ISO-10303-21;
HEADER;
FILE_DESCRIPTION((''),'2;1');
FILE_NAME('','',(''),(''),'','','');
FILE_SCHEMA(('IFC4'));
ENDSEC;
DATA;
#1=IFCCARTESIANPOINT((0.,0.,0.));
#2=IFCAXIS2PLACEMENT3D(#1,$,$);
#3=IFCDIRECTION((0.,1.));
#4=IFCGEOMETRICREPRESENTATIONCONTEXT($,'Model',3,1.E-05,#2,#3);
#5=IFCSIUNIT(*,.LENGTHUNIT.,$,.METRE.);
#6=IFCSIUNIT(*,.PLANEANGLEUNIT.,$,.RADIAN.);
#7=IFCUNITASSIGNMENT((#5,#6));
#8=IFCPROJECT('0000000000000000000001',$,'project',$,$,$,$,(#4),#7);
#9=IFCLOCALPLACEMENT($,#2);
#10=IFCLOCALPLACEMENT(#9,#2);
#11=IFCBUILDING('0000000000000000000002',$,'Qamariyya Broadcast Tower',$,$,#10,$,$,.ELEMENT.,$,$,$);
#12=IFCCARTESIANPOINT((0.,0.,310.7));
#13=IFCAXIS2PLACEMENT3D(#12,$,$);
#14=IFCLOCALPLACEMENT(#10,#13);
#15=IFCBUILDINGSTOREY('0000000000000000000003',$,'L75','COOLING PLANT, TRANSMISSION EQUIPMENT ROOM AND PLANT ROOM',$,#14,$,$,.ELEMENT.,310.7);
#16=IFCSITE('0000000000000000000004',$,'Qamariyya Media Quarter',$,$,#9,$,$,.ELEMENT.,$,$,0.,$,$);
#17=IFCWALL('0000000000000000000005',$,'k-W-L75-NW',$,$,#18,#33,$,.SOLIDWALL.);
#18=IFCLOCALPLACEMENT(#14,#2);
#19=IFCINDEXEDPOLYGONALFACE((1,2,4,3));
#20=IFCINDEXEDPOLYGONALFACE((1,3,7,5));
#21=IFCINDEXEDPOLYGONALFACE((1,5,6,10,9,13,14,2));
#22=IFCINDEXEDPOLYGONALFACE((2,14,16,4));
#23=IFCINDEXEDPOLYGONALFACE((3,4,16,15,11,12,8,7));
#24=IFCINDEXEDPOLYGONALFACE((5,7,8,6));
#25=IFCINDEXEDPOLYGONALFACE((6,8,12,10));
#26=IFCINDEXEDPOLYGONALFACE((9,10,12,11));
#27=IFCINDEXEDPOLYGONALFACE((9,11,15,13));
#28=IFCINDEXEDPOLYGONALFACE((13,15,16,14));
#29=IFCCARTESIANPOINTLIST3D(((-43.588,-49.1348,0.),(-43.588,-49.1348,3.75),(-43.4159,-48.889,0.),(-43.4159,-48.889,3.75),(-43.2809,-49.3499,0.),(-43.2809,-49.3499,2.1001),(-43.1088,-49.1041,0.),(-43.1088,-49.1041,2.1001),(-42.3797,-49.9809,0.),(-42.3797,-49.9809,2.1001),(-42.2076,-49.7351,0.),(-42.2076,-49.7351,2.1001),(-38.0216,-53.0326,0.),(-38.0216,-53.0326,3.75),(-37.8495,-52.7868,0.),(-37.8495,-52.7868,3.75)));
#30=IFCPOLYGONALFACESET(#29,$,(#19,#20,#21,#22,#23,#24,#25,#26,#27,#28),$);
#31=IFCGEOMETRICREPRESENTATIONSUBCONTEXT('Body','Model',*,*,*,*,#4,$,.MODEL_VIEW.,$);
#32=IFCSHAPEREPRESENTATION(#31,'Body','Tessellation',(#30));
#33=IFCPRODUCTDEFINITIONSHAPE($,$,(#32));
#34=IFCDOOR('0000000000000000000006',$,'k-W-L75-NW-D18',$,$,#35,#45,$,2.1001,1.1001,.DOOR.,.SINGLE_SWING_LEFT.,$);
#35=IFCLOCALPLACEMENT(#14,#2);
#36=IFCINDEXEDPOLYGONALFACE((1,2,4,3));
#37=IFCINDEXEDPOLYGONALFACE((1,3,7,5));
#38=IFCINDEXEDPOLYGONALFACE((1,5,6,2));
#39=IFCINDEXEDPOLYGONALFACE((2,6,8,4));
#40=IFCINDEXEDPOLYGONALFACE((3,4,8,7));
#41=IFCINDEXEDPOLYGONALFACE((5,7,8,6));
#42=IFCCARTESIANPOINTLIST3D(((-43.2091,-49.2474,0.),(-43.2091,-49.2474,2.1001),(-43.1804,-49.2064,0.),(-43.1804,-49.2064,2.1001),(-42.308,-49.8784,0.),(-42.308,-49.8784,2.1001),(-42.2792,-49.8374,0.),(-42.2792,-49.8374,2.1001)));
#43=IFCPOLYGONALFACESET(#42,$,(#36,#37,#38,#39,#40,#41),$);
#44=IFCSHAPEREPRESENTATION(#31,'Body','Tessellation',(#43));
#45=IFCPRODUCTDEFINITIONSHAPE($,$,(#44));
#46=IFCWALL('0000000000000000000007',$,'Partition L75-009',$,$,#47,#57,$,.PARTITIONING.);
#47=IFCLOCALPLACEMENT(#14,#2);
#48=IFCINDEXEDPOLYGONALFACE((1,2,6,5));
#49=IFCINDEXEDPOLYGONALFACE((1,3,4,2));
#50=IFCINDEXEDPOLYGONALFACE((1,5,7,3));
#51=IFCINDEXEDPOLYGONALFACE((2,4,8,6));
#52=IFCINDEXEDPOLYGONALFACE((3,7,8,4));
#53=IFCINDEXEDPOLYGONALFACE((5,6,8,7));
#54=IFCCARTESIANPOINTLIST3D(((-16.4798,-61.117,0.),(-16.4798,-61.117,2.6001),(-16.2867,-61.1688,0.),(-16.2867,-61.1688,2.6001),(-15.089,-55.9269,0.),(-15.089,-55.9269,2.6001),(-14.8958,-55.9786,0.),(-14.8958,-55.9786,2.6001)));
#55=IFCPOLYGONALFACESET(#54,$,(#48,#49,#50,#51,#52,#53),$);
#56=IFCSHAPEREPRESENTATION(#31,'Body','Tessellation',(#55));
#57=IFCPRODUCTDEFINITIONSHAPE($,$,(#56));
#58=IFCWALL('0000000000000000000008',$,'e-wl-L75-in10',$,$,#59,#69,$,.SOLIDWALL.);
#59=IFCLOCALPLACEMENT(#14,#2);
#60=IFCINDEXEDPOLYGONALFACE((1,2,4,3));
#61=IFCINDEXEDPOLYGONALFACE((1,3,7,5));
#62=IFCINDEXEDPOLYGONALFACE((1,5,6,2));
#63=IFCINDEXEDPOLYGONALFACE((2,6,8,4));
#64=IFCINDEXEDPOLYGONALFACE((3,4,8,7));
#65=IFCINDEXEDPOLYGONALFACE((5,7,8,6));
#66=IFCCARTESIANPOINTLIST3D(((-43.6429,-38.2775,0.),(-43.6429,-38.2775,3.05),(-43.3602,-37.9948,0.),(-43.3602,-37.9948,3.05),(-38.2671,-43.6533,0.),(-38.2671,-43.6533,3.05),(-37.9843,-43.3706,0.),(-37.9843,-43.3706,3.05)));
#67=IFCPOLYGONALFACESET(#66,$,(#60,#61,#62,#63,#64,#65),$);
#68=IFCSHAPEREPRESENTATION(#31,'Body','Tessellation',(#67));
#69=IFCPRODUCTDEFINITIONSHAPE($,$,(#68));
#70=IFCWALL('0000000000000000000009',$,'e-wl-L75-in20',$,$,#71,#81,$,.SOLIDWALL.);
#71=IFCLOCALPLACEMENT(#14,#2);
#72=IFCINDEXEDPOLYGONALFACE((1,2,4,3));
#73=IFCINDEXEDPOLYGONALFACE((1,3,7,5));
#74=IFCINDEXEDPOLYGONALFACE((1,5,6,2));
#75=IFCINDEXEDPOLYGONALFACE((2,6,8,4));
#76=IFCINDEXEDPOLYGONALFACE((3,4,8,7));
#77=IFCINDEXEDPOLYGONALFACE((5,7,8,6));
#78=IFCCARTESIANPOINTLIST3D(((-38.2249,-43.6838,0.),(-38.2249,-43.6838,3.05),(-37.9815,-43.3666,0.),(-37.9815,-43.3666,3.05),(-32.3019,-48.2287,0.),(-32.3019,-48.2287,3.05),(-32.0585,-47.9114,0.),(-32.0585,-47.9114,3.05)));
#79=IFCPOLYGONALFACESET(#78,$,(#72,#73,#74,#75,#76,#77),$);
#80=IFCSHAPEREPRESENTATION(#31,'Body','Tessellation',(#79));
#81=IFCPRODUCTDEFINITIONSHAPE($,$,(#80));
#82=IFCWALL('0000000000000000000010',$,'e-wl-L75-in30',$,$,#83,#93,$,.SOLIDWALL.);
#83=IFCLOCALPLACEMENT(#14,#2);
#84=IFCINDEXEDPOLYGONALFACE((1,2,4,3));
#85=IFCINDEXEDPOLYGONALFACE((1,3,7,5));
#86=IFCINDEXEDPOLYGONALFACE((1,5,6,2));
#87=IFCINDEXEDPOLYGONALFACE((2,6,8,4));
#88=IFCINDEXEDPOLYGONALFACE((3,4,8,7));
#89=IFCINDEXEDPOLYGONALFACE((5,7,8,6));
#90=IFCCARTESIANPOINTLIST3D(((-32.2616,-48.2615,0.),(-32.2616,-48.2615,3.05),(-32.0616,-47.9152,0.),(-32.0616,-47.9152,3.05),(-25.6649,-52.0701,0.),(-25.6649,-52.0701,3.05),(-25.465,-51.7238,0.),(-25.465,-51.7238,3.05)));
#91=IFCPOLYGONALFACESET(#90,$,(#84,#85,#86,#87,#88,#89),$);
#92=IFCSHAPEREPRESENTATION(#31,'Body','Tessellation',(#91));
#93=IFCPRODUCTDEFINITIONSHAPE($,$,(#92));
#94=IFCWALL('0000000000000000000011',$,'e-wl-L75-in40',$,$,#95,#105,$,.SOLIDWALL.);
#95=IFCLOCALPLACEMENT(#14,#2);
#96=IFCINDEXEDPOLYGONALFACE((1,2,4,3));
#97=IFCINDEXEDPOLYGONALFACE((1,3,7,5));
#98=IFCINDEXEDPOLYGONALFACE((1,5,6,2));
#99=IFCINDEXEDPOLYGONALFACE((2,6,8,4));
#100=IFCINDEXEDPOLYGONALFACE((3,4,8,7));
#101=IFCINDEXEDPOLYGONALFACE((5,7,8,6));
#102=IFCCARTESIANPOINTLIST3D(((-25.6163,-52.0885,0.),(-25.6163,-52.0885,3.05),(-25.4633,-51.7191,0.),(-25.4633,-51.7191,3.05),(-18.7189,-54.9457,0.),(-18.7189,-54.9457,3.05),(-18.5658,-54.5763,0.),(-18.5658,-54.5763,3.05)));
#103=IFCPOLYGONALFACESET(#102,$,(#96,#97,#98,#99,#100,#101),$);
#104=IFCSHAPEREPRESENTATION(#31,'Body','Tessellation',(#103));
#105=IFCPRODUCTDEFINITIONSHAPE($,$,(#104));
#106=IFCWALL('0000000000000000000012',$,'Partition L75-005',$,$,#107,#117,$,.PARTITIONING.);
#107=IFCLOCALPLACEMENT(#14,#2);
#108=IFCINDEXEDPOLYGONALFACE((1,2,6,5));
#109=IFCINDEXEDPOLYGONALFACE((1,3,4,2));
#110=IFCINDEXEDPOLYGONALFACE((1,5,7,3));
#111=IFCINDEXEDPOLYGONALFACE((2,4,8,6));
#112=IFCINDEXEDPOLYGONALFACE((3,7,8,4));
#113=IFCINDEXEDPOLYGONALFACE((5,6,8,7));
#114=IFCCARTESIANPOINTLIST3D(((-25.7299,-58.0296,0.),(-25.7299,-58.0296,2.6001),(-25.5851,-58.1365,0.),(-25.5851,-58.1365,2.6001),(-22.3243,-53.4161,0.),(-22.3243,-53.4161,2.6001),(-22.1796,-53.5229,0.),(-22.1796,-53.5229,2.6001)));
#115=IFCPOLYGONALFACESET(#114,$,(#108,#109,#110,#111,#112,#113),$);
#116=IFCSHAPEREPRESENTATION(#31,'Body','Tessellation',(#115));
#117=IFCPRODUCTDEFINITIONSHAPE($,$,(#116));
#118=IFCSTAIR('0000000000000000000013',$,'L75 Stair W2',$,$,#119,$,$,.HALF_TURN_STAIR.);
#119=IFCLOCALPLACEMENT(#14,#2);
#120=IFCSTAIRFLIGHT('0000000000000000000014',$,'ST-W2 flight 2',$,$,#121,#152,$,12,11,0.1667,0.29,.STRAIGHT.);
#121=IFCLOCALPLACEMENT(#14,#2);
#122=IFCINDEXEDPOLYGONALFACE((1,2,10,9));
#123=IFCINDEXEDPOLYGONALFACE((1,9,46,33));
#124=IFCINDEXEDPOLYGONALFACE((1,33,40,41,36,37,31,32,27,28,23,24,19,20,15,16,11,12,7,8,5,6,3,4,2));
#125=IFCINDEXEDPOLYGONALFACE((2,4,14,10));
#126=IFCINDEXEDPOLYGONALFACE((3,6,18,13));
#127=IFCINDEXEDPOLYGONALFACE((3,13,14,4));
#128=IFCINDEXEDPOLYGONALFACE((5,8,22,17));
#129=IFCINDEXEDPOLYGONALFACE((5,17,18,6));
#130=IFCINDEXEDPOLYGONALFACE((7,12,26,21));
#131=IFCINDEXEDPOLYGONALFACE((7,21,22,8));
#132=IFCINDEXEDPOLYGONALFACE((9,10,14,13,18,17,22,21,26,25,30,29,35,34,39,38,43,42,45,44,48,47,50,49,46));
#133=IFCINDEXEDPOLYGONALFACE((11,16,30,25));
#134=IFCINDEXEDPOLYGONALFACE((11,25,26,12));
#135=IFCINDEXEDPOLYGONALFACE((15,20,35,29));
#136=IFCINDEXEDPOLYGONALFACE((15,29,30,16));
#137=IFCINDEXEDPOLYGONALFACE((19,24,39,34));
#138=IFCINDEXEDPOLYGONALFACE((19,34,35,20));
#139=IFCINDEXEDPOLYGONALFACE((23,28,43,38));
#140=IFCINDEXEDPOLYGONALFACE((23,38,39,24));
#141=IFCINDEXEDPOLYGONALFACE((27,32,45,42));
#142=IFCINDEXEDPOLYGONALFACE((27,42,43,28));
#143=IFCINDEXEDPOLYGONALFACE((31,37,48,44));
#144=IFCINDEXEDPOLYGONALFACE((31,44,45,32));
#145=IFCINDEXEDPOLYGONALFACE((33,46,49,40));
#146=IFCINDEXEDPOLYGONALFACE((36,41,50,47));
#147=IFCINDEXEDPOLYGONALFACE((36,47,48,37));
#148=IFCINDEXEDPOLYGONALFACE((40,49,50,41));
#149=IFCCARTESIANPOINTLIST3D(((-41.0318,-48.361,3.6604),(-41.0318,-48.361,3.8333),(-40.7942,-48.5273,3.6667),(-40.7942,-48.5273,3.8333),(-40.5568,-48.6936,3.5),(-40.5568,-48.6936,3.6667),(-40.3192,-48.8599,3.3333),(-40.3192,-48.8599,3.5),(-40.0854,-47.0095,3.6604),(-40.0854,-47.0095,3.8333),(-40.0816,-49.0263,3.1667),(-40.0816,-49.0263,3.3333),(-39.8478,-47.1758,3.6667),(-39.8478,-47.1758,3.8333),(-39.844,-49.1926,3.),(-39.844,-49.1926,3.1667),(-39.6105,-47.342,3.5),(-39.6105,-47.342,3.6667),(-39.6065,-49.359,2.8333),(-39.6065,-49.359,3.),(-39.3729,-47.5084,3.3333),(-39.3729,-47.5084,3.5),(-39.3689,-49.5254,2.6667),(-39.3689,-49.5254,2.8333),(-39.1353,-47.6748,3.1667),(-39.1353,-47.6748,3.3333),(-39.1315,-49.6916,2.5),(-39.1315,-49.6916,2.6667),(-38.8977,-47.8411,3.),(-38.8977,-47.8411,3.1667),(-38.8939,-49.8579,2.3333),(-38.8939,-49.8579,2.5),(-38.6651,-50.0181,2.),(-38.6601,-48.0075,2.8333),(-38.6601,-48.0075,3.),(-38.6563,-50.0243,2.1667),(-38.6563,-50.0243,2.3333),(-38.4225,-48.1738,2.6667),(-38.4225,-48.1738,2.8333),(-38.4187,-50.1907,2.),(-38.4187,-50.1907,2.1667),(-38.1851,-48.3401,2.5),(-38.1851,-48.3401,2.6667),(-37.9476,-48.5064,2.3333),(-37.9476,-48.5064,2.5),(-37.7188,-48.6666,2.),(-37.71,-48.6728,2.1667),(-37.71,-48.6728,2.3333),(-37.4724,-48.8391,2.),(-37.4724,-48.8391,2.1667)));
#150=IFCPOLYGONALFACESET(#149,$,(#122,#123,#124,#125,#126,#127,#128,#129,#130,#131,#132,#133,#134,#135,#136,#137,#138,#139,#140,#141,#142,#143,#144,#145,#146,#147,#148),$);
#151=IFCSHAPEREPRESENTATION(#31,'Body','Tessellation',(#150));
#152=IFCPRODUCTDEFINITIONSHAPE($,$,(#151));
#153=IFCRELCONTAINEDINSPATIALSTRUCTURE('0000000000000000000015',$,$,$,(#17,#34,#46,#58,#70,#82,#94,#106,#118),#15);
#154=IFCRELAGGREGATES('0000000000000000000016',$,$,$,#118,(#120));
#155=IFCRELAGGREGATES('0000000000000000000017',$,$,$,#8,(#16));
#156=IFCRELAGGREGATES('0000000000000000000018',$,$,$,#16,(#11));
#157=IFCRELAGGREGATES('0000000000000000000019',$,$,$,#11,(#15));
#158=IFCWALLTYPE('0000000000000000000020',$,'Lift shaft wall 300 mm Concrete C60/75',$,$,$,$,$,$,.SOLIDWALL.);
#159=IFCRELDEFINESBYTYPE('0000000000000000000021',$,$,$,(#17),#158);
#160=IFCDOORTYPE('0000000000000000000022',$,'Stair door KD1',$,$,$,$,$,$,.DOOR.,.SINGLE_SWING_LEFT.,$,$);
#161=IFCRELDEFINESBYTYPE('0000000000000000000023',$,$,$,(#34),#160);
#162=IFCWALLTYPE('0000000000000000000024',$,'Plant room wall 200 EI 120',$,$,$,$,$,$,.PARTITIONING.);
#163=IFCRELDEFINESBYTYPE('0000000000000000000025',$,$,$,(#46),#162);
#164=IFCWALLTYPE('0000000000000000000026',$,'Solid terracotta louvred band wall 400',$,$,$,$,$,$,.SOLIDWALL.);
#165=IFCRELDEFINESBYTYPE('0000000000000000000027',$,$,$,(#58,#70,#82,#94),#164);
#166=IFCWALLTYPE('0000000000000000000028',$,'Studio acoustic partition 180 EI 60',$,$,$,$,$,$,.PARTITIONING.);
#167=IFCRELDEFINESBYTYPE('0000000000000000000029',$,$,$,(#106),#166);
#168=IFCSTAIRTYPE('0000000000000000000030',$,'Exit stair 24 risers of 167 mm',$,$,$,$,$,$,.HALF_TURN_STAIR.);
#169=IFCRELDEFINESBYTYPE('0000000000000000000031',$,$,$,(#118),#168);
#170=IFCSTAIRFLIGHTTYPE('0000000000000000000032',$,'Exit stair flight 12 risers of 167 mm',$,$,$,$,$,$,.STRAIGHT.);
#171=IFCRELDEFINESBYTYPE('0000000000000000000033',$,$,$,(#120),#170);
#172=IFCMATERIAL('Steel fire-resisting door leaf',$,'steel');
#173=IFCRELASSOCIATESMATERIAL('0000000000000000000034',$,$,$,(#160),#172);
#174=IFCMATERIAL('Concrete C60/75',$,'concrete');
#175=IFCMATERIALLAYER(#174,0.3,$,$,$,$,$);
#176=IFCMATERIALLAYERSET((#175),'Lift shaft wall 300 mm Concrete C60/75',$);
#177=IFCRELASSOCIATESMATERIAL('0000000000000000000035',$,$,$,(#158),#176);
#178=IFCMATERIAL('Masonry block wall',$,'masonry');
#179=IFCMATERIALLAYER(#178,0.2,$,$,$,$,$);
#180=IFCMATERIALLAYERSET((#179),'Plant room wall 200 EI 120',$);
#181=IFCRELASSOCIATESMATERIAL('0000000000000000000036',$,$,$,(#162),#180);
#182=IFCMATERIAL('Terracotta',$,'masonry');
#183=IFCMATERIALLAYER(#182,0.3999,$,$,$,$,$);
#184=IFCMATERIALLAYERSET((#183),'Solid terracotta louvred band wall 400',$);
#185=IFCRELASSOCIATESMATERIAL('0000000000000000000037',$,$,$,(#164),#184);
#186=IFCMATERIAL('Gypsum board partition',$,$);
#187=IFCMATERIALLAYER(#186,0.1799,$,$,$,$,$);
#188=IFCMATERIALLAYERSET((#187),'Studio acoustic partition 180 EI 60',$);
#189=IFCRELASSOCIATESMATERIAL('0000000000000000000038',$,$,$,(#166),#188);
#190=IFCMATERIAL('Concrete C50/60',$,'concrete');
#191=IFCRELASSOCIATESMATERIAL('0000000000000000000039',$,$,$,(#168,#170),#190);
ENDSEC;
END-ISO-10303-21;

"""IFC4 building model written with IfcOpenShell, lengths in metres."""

from ifc_helpers import new_model, si_unit, direction, frame, frame_2d, origin, place, context, subcontext, project, spatial, polyline, rectangle, outline, extrude, material, layer, layer_set, type_object, element, fill, aggregate, save


model = new_model("IFC4")

# Units and contexts
model_context = context("Model", 3, precision=1e-05, world=origin(), true_north=direction((0.0, 1.0)))
body_context = subcontext(model_context, "Body", "Model", "MODEL_VIEW")
ifc_project = project(units=[si_unit("LENGTHUNIT", "METRE"), si_unit("PLANEANGLEUNIT", "RADIAN")], contexts=[model_context])

# Site, building, storey
site_placement = place(None, origin())
site = spatial("IfcSite", under=ifc_project, at=site_placement, Name="Qamariyya Media Quarter", CompositionType="ELEMENT", RefElevation=0.0)
building_placement = place(site_placement, origin())
building = spatial("IfcBuilding", under=site, at=building_placement, Name="Qamariyya Broadcast Tower", CompositionType="ELEMENT")
storey_placement = place(building_placement, frame((0.0, 0.0, 310.7)))
storey = spatial("IfcBuildingStorey", under=building, at=storey_placement, Name="L75", Description="COOLING PLANT, TRANSMISSION EQUIPMENT ROOM AND PLANT ROOM", CompositionType="ELEMENT", Elevation=310.7)

# Shared definitions
ifc_material_1 = material(Name="Concrete C50/60", Category="concrete")

# Shared definitions
ifc_material_2 = material(Name="Concrete C60/75", Category="concrete")
ifc_material_3 = material(Name="Steel fire-resisting door leaf", Category="steel")
door_type_1 = type_object("IfcDoorType", Name="Stair door KD1", OperationType="SINGLE_SWING_LEFT", PredefinedType="DOOR", material=ifc_material_3)

# Shared definitions
ifc_layer_1 = layer(ifc_material_2, 0.3)
ifc_layer_set_1 = layer_set([ifc_layer_1], Name="Lift shaft wall 300 mm Concrete C60/75")
wall_type_1 = type_object("IfcWallType", Name="Lift shaft wall 300 mm Concrete C60/75", PredefinedType="SOLIDWALL", material=ifc_layer_set_1)

# Wall, opening, door
wall_1_placement = place(storey_placement, frame((-37.9355, -52.9097, 0.0), z_axis=(0.0, 0.0, 1.0), x_axis=(-0.819148, 0.573583, 0.0)))
wall_1 = element("IfcWall", 1, at=wall_1_placement, inside=storey, type_object=wall_type_1, Name="k-W-L75-NW", PredefinedType="SOLIDWALL", context=body_context, shape_type="SweptSolid", body=[
    extrude(rectangle(XDim=6.7954, YDim=0.3, at=frame_2d((3.3977, 0.0))), origin(), (0.0, 0.0, 1.0), 3.75),
])
opening_1_placement = place(wall_1_placement, frame((5.3203, 0.0, 0.0)))
opening_1 = element("IfcOpeningElement", 2, at=opening_1_placement, cuts=wall_1, PredefinedType="OPENING", context=body_context, shape_type="SweptSolid", body=[
    extrude(rectangle(XDim=1.1001, YDim=2.1001, at=frame_2d((0.55, 1.05))), frame((0.0, 0.1599, 0.0), z_axis=(0.0, -1.0, 0.0), x_axis=(1.0, 0.0, 0.0)), (0.0, 0.0, 1.0), 0.3201),
])
door_1_placement = place(opening_1_placement, origin())
door_1 = element("IfcDoor", 3, at=door_1_placement, inside=storey, type_object=door_type_1, Name="k-W-L75-NW-D18", OperationType="SINGLE_SWING_LEFT", OverallHeight=2.1001, OverallWidth=1.1001, PredefinedType="DOOR", context=body_context, shape_type="SweptSolid", body=[
    extrude(rectangle(XDim=1.1001, YDim=2.1001, at=frame_2d((0.55, 1.05))), frame((0.0, 0.0249, 0.0), z_axis=(0.0, -1.0, 0.0), x_axis=(1.0, 0.0, 0.0)), (0.0, 0.0, 1.0), 0.05),
])
fill(opening_1, door_1)

# Walls
ifc_material_4 = material(Name="Masonry block wall", Category="masonry")
ifc_layer_2 = layer(ifc_material_4, 0.2)
ifc_layer_set_2 = layer_set([ifc_layer_2], Name="Plant room wall 200 EI 120")
wall_type_2 = type_object("IfcWallType", Name="Plant room wall 200 EI 120", PredefinedType="PARTITIONING", material=ifc_layer_set_2)
wall_2_placement = place(storey_placement, frame((-14.9924, -55.9529, 0.0), z_axis=(0.0, 0.0, 1.0), x_axis=(-0.258847, -0.965918, 0.0)))
element("IfcWall", 4, at=wall_2_placement, inside=storey, type_object=wall_type_2, Name="Partition L75-009", PredefinedType="PARTITIONING", context=body_context, shape_type="SweptSolid", body=[
    extrude(rectangle(XDim=5.3733, YDim=0.2, at=frame_2d((2.6865, 0.0))), origin(), (0.0, 0.0, 1.0), 2.6001),
])
ifc_material_5 = material(Name="Terracotta", Category="masonry")
ifc_layer_3 = layer(ifc_material_5, 0.3999)
ifc_layer_set_3 = layer_set([ifc_layer_3], Name="Solid terracotta louvred band wall 400")
wall_type_3 = type_object("IfcWallType", Name="Solid terracotta louvred band wall 400", PredefinedType="SOLIDWALL", material=ifc_layer_set_3)
wall_3_placement = place(storey_placement, frame((-38.1257, -43.512, 0.0), z_axis=(0.0, 0.0, 1.0), x_axis=(-0.707107, 0.707107, 0.0)))
element("IfcWall", 5, at=wall_3_placement, inside=storey, type_object=wall_type_3, Name="e-wl-L75-in10", PredefinedType="SOLIDWALL", context=body_context, shape_type="SweptSolid", body=[
    extrude(rectangle(XDim=7.6025, YDim=0.3999, at=frame_2d((3.8013, 0.0))), origin(), (0.0, 0.0, 1.0), 3.05),
])
wall_4_placement = place(storey_placement, frame((-32.1802, -48.0701, 0.0), z_axis=(0.0, 0.0, 1.0), x_axis=(-0.793355, 0.608759, 0.0)))
element("IfcWall", 6, at=wall_4_placement, inside=storey, type_object=wall_type_3, Name="e-wl-L75-in20", PredefinedType="SOLIDWALL", context=body_context, shape_type="SweptSolid", body=[
    extrude(rectangle(XDim=7.4658, YDim=0.3999, at=frame_2d((3.7329, 0.0))), origin(), (0.0, 0.0, 1.0), 3.05),
])
wall_5_placement = place(storey_placement, frame((-25.5649, -51.897, 0.0), z_axis=(0.0, 0.0, 1.0), x_axis=(-0.866025, 0.5, 0.0)))
element("IfcWall", 7, at=wall_5_placement, inside=storey, type_object=wall_type_3, Name="e-wl-L75-in30", PredefinedType="SOLIDWALL", context=body_context, shape_type="SweptSolid", body=[
    extrude(rectangle(XDim=7.6172, YDim=0.3999, at=frame_2d((3.8086, 0.0))), origin(), (0.0, 0.0, 1.0), 3.05),
])
wall_6_placement = place(storey_placement, frame((-18.6423, -54.761, 0.0), z_axis=(0.0, 0.0, 1.0), x_axis=(-0.923872, 0.382701, 0.0)))
element("IfcWall", 8, at=wall_6_placement, inside=storey, type_object=wall_type_3, Name="e-wl-L75-in40", PredefinedType="SOLIDWALL", context=body_context, shape_type="SweptSolid", body=[
    extrude(rectangle(XDim=7.4658, YDim=0.3999, at=frame_2d((3.7329, 0.0))), origin(), (0.0, 0.0, 1.0), 3.05),
])
ifc_material_6 = material(Name="Gypsum board partition")
ifc_layer_4 = layer(ifc_material_6, 0.1799)
ifc_layer_set_4 = layer_set([ifc_layer_4], Name="Studio acoustic partition 180 EI 60")
wall_type_4 = type_object("IfcWallType", Name="Studio acoustic partition 180 EI 60", PredefinedType="PARTITIONING", material=ifc_layer_set_4)
wall_7_placement = place(storey_placement, frame((-22.252, -53.4695, 0.0), z_axis=(0.0, 0.0, 1.0), x_axis=(-0.593886, -0.804549, 0.0)))
element("IfcWall", 9, at=wall_7_placement, inside=storey, type_object=wall_type_4, Name="Partition L75-005", PredefinedType="PARTITIONING", context=body_context, shape_type="SweptSolid", body=[
    extrude(rectangle(XDim=5.7344, YDim=0.1799, at=frame_2d((2.8672, 0.0))), origin(), (0.0, 0.0, 1.0), 2.6001),
])

# Stair, stair flight
stair_type = type_object("IfcStairType", Name="Exit stair 24 risers of 167 mm", PredefinedType="HALF_TURN_STAIR", material=ifc_material_1)
stair_placement = place(storey_placement, origin())
stair = element("IfcStair", 10, at=stair_placement, inside=storey, type_object=stair_type, Name="L75 Stair W2", PredefinedType="HALF_TURN_STAIR")
stair_flight_type = type_object("IfcStairFlightType", Name="Exit stair flight 12 risers of 167 mm", PredefinedType="STRAIGHT", material=ifc_material_1)
stair_flight_placement = place(storey_placement, frame((-37.9456, -49.5149, 2.0), z_axis=(0.0, 0.0, 1.0), x_axis=(-0.819152, 0.573576, 0.0)))
stair_flight = element("IfcStairFlight", 11, at=stair_flight_placement, type_object=stair_flight_type, Name="ST-W2 flight 2", NumberOfRisers=12, NumberOfTreads=11, PredefinedType="STRAIGHT", RiserHeight=0.1667, TreadLength=0.29, context=body_context, shape_type="SweptSolid", body=[
    extrude(outline(polyline([(0.0, 0.0), (0.0, 0.1667), (0.29, 0.1667), (0.29, 0.3333), (0.5801, 0.3333), (0.5801, 0.5), (0.8701, 0.5), (0.8701, 0.6667), (1.1599, 0.6667), (1.1599, 0.8333), (1.45, 0.8333), (1.45, 1.0), (1.74, 1.0), (1.74, 1.1667), (2.03, 1.1667), (2.03, 1.3333), (2.3201, 1.3333), (2.3201, 1.5), (2.6101, 1.5), (2.6101, 1.6667), (2.8999, 1.6667), (2.8999, 1.8333), (3.1899, 1.8333), (3.1899, 2.0), (3.1899, 1.6604), (0.3008, 0.0), (0.0, 0.0)])), frame((0.0, 0.825, 0.0), z_axis=(0.0, -1.0, 0.0), x_axis=(1.0, 0.0, 0.0)), (0.0, 0.0, 1.0), 1.6499),
])
aggregate(stair, [stair_flight])

save(model, "model.ifc")
